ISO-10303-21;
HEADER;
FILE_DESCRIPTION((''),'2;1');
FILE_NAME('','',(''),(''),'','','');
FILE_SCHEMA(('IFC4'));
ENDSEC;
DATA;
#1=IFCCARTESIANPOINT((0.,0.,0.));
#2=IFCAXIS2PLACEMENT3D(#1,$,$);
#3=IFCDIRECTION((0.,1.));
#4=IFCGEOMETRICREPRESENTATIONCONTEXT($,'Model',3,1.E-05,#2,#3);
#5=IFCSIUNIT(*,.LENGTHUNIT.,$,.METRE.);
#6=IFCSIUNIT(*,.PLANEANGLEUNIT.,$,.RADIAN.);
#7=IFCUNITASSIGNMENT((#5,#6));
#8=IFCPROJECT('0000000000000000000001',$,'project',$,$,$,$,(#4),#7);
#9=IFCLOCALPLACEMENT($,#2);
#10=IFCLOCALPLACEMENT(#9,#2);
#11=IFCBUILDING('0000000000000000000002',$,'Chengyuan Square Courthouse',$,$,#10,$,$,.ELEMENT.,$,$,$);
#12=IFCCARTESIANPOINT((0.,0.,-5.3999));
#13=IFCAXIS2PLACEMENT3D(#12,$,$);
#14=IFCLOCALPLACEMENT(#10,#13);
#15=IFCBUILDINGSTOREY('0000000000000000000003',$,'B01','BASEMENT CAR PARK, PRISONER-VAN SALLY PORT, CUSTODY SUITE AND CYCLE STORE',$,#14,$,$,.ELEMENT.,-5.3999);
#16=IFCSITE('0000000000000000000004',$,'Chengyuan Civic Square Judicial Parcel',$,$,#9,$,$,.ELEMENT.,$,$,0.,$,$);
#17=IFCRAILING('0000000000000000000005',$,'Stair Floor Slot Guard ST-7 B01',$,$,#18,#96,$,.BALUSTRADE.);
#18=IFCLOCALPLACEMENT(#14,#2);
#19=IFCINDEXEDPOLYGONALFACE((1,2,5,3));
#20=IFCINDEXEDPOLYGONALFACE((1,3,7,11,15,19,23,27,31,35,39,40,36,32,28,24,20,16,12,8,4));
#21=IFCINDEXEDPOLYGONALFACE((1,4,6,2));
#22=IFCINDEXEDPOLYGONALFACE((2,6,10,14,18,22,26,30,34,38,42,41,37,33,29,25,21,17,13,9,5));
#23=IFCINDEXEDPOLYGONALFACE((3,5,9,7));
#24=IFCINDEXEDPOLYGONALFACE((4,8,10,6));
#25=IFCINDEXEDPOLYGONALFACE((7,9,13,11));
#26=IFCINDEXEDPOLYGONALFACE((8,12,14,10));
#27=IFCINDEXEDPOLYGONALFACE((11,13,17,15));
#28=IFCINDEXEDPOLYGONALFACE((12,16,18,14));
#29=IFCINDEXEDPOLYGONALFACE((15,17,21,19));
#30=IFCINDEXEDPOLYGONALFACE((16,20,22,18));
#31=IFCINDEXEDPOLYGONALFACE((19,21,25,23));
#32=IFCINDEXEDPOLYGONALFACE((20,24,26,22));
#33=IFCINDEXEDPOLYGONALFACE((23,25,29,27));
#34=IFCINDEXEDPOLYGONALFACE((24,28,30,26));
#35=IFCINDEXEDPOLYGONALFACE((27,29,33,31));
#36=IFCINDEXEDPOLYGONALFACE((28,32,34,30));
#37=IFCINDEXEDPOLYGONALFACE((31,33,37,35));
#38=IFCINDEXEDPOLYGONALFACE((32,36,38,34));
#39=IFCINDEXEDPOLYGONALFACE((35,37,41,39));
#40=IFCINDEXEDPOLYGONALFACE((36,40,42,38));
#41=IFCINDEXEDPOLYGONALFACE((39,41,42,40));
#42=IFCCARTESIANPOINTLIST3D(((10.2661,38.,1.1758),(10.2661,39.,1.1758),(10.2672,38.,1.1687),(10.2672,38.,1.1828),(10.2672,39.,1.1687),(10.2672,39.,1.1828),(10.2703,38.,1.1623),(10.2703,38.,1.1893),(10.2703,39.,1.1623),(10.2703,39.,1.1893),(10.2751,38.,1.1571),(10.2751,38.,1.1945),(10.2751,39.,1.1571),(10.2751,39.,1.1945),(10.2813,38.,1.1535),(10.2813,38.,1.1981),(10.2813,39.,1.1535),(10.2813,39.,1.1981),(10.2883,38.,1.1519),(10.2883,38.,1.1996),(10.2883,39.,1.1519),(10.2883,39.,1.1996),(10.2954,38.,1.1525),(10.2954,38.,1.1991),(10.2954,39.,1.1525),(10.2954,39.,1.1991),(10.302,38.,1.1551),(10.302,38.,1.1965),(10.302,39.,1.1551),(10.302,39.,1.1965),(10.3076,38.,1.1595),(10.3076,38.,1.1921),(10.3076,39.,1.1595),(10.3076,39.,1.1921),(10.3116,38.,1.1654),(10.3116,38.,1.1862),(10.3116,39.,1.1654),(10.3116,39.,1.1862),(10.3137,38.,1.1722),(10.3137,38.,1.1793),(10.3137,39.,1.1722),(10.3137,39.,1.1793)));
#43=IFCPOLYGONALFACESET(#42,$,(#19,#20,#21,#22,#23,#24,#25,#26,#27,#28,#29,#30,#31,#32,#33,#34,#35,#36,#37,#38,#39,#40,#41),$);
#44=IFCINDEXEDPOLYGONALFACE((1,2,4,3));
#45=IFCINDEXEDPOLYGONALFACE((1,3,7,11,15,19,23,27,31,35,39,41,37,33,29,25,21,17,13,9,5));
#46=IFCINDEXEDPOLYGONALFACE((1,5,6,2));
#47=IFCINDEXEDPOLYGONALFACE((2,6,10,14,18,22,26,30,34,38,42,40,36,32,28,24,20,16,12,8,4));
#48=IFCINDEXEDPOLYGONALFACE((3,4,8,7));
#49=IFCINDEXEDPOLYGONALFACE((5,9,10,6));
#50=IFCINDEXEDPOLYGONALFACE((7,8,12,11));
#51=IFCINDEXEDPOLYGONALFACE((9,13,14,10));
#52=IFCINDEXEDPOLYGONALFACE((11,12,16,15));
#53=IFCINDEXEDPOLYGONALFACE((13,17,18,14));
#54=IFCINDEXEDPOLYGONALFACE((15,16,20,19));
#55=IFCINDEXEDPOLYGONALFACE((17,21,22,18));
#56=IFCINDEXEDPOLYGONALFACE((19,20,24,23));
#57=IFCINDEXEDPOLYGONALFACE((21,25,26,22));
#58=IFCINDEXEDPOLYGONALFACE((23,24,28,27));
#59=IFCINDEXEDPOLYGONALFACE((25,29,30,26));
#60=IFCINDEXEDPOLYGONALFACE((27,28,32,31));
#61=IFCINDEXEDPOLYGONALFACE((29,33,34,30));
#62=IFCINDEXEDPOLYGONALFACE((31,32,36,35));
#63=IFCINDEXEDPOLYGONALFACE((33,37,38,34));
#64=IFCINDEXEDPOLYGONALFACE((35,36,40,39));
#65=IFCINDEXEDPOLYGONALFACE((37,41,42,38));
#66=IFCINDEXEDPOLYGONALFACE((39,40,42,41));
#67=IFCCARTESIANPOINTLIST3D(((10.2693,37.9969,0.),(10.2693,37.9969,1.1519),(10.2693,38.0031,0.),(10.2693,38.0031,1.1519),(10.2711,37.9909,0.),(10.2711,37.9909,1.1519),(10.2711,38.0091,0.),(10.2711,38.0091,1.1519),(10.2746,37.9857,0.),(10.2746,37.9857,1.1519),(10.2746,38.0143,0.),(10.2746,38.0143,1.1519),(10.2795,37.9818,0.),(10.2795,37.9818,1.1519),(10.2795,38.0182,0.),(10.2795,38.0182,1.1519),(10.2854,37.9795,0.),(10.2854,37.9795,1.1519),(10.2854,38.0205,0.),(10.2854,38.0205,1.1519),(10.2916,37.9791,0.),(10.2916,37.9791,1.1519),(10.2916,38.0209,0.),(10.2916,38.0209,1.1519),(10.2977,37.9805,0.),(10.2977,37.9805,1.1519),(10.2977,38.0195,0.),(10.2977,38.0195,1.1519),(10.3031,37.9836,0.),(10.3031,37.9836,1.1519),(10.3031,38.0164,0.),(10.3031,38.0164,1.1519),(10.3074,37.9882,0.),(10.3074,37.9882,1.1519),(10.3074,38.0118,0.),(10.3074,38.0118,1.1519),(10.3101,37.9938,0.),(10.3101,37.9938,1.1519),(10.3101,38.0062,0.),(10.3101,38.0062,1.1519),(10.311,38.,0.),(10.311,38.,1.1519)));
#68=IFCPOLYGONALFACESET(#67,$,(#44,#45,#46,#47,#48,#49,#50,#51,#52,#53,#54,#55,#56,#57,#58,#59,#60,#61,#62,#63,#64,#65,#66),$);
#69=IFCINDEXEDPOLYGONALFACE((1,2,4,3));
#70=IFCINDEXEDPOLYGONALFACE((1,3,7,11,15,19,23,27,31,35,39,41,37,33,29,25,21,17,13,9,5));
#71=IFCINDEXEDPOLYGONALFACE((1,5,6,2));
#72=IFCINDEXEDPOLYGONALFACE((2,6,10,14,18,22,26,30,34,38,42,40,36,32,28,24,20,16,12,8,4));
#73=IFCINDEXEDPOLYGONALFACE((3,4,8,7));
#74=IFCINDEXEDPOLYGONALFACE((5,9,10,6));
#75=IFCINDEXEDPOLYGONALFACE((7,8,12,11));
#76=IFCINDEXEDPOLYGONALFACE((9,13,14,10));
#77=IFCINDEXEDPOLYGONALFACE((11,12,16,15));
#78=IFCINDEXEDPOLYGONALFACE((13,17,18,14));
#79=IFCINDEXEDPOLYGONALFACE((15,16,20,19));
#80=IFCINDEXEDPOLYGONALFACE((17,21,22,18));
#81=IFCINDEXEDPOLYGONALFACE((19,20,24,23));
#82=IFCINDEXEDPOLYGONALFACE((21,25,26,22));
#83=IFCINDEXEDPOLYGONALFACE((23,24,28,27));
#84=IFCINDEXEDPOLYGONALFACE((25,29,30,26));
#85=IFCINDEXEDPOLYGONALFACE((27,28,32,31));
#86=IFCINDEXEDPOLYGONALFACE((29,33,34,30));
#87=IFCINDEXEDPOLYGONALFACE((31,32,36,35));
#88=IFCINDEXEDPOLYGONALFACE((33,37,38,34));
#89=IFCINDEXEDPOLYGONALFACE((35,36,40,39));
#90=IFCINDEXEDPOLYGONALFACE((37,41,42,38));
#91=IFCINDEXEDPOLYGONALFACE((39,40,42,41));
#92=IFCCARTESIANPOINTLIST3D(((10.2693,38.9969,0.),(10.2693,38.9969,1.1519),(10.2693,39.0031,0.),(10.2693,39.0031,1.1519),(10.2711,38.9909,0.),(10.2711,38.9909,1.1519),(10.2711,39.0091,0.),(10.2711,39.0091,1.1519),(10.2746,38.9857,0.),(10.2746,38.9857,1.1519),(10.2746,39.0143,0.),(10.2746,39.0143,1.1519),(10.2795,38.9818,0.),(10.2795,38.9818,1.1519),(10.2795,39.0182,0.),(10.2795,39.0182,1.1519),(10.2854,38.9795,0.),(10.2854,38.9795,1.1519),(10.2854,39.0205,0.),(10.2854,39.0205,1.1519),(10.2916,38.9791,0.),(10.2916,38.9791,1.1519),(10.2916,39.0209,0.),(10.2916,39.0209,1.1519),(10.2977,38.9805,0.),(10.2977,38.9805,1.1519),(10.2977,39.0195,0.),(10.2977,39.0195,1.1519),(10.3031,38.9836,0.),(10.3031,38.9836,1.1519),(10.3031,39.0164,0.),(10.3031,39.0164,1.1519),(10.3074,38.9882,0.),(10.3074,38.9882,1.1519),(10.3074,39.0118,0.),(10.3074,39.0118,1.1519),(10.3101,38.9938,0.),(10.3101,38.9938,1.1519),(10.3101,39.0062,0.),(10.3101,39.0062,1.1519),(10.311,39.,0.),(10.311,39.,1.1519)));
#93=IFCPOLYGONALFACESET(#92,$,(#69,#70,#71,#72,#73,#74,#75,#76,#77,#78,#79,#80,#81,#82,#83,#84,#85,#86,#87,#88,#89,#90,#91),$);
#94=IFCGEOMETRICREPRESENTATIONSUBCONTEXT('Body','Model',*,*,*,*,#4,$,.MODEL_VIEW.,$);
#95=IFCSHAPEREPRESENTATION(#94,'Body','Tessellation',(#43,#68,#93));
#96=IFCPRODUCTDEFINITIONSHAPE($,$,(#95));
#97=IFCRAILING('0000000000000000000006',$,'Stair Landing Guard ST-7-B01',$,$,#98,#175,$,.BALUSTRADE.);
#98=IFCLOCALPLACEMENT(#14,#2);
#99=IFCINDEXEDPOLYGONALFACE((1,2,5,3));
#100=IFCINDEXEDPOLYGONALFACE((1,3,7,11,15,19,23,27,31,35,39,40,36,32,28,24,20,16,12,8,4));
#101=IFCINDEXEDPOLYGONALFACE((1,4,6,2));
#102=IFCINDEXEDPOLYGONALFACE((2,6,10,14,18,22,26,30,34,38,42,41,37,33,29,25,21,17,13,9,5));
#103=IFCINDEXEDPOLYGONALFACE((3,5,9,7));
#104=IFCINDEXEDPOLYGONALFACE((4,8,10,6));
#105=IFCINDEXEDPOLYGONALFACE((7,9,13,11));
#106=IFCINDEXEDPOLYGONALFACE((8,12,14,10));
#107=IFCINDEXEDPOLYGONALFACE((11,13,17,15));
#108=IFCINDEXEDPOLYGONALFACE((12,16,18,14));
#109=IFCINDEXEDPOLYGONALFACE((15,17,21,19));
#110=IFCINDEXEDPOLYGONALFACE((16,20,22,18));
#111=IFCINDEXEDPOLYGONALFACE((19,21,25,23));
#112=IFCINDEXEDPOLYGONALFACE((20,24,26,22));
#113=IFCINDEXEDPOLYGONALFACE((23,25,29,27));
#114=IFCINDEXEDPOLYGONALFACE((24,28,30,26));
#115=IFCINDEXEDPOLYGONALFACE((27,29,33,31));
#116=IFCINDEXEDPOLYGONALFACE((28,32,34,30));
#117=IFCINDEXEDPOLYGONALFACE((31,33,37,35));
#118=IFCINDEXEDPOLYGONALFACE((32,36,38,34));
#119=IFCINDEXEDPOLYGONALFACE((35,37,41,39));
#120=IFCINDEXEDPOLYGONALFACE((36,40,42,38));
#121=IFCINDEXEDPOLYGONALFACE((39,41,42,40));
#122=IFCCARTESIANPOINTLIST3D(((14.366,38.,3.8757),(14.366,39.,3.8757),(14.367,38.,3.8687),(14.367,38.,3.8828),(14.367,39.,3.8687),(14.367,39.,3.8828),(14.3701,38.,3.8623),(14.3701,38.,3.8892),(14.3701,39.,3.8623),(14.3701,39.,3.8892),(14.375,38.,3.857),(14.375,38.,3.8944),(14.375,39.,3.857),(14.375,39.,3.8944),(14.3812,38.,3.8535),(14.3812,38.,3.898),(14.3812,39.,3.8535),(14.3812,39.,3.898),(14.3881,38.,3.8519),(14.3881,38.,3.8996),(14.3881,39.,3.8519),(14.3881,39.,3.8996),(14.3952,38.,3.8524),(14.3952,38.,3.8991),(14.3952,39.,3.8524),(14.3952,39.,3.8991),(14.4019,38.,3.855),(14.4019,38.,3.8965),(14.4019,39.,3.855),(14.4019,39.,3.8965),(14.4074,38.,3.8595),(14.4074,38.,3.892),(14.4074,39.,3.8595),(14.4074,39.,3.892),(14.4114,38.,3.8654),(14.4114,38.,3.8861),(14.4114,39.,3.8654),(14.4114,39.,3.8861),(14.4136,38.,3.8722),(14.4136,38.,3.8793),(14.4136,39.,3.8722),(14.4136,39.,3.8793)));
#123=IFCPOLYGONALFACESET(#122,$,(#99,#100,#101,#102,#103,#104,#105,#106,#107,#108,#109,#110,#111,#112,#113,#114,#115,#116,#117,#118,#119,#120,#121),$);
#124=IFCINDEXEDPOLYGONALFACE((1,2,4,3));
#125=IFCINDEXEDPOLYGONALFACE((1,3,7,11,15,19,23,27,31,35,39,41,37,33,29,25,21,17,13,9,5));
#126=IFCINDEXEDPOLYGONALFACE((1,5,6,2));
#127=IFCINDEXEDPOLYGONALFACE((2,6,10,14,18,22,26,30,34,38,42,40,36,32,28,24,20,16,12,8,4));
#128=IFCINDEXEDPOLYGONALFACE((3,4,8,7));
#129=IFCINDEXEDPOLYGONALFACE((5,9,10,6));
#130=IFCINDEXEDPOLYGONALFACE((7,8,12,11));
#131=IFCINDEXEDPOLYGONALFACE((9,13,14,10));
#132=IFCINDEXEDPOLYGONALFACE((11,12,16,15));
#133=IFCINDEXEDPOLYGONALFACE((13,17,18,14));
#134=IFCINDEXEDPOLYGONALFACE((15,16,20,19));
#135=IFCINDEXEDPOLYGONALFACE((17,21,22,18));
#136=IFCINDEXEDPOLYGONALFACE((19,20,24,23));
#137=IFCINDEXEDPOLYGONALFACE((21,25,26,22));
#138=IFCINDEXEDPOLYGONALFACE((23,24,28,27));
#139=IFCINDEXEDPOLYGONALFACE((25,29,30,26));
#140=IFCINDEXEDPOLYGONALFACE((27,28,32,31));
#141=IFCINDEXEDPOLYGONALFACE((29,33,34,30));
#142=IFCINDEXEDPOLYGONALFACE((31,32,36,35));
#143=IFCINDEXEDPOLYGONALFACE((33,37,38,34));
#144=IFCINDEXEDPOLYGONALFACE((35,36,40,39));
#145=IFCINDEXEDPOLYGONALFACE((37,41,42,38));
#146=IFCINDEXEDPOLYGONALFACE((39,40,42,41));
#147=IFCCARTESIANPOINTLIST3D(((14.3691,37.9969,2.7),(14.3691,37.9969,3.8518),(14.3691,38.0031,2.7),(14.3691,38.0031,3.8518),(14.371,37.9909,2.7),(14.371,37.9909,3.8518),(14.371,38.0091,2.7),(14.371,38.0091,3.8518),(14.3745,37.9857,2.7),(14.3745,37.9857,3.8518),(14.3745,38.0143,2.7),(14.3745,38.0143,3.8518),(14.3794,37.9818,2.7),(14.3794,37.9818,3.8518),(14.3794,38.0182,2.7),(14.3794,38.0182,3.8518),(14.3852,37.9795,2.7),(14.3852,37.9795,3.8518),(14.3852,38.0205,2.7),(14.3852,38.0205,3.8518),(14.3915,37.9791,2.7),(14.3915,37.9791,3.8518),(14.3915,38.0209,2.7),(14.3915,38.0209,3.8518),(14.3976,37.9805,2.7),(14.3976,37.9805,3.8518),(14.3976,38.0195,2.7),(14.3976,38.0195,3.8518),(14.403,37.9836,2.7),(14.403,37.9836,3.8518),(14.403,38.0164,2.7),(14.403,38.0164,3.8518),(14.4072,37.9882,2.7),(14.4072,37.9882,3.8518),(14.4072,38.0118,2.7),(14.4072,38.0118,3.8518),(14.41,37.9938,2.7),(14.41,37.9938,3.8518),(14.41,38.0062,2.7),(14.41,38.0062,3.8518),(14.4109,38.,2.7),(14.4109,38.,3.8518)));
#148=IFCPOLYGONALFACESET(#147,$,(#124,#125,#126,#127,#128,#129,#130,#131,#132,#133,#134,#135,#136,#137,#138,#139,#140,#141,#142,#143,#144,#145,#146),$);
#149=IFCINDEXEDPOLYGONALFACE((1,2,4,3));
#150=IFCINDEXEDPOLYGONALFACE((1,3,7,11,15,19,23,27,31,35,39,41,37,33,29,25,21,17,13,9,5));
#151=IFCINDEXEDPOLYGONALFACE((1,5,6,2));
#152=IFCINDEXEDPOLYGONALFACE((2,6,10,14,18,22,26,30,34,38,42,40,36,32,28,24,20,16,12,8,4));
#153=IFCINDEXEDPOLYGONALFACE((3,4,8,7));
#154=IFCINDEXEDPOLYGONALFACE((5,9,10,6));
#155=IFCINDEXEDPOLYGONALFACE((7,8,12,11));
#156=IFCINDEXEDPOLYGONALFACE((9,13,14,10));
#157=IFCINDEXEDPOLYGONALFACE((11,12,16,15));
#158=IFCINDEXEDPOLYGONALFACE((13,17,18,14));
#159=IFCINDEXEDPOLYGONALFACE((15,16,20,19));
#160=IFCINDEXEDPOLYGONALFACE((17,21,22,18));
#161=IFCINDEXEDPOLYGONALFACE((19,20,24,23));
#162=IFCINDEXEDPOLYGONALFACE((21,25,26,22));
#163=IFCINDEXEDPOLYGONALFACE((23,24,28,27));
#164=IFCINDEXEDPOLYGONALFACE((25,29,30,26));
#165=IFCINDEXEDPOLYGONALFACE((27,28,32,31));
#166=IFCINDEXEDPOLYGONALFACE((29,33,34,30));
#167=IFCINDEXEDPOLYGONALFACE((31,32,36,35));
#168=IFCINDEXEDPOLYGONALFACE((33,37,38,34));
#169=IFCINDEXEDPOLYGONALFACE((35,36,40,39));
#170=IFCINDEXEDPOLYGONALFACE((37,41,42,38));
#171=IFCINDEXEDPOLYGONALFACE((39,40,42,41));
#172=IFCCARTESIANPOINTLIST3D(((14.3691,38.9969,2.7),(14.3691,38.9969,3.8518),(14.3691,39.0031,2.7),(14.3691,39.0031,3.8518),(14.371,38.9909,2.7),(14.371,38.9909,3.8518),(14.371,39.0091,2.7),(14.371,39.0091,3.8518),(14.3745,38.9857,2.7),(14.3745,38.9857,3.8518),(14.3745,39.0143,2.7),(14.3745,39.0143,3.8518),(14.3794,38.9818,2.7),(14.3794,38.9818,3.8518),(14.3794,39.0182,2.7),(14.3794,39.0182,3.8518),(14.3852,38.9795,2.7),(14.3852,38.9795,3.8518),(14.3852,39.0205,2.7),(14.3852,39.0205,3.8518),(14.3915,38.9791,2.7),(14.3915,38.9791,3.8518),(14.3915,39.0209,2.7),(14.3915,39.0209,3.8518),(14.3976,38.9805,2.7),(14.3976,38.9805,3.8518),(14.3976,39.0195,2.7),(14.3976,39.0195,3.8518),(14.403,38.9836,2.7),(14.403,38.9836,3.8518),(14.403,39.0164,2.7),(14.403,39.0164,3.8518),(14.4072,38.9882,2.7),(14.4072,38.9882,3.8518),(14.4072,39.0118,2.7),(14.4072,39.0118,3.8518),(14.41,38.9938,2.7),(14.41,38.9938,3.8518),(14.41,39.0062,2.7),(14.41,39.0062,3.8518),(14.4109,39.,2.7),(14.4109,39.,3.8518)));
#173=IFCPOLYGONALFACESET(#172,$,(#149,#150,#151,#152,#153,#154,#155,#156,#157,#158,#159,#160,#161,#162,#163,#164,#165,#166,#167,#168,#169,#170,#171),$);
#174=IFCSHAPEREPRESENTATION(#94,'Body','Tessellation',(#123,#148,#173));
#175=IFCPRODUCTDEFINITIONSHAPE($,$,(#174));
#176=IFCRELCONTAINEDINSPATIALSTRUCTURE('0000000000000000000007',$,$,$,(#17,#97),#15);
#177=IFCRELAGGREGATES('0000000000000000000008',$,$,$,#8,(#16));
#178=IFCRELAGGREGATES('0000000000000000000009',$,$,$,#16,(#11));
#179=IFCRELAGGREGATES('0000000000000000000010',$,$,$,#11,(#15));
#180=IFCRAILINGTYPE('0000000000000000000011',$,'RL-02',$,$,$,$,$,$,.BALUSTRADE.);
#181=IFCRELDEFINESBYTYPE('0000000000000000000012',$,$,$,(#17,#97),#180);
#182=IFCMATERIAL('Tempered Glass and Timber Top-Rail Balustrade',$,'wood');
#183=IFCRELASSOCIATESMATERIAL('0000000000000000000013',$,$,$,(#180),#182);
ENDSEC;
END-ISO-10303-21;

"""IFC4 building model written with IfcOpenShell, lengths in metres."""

from ifc_helpers import new_model, si_unit, direction, frame, origin, origin_2d, place, context, subcontext, project, spatial, circle, extrude, material, type_object, element, save


model = new_model("IFC4")

# Units and contexts
model_context = context("Model", 3, precision=1e-05, world=origin(), true_north=direction((0.0, 1.0)))
body_context = subcontext(model_context, "Body", "Model", "MODEL_VIEW")
ifc_project = project(units=[si_unit("LENGTHUNIT", "METRE"), si_unit("PLANEANGLEUNIT", "RADIAN")], contexts=[model_context])

# Site, building, storey
site_placement = place(None, origin())
site = spatial("IfcSite", under=ifc_project, at=site_placement, Name="Chengyuan Civic Square Judicial Parcel", CompositionType="ELEMENT", RefElevation=0.0)
building_placement = place(site_placement, origin())
building = spatial("IfcBuilding", under=site, at=building_placement, Name="Chengyuan Square Courthouse", CompositionType="ELEMENT")
storey_placement = place(building_placement, frame((0.0, 0.0, -5.3999)))
storey = spatial("IfcBuildingStorey", under=building, at=storey_placement, Name="B01", Description="BASEMENT CAR PARK, PRISONER-VAN SALLY PORT, CUSTODY SUITE AND CYCLE STORE", CompositionType="ELEMENT", Elevation=-5.3999)

# Railings
ifc_material_1 = material(Name="Tempered Glass and Timber Top-Rail Balustrade", Category="wood")
railing_type_1 = type_object("IfcRailingType", Name="RL-02", PredefinedType="BALUSTRADE", material=ifc_material_1)
for number, where, name in (
    (1, (10.29, 38.0, 0.0), "Stair Floor Slot Guard ST-7 B01"),
    (2, (14.3899, 38.0, 2.7), "Stair Landing Guard ST-7-B01"),
):
    element("IfcRailing", number, at=place(storey_placement, frame(where)), inside=storey, type_object=railing_type_1, Name=name, PredefinedType="BALUSTRADE", context=body_context, shape_type="SweptSolid", body=[
        extrude(circle(Radius=0.0239, at=origin_2d()), frame((0.0, 0.0, 1.1758), z_axis=(0.0, 1.0, 0.0), x_axis=(-1.0, 0.0, 0.0)), (0.0, 0.0, 1.0), 1.0),
        extrude(circle(Radius=0.021, at=origin_2d()), origin(), (0.0, 0.0, 1.0), 1.1519),
        extrude(circle(Radius=0.021, at=origin_2d()), frame((0.0, 1.0, 0.0)), (0.0, 0.0, 1.0), 1.1519),
    ])

save(model, "model.ifc")
